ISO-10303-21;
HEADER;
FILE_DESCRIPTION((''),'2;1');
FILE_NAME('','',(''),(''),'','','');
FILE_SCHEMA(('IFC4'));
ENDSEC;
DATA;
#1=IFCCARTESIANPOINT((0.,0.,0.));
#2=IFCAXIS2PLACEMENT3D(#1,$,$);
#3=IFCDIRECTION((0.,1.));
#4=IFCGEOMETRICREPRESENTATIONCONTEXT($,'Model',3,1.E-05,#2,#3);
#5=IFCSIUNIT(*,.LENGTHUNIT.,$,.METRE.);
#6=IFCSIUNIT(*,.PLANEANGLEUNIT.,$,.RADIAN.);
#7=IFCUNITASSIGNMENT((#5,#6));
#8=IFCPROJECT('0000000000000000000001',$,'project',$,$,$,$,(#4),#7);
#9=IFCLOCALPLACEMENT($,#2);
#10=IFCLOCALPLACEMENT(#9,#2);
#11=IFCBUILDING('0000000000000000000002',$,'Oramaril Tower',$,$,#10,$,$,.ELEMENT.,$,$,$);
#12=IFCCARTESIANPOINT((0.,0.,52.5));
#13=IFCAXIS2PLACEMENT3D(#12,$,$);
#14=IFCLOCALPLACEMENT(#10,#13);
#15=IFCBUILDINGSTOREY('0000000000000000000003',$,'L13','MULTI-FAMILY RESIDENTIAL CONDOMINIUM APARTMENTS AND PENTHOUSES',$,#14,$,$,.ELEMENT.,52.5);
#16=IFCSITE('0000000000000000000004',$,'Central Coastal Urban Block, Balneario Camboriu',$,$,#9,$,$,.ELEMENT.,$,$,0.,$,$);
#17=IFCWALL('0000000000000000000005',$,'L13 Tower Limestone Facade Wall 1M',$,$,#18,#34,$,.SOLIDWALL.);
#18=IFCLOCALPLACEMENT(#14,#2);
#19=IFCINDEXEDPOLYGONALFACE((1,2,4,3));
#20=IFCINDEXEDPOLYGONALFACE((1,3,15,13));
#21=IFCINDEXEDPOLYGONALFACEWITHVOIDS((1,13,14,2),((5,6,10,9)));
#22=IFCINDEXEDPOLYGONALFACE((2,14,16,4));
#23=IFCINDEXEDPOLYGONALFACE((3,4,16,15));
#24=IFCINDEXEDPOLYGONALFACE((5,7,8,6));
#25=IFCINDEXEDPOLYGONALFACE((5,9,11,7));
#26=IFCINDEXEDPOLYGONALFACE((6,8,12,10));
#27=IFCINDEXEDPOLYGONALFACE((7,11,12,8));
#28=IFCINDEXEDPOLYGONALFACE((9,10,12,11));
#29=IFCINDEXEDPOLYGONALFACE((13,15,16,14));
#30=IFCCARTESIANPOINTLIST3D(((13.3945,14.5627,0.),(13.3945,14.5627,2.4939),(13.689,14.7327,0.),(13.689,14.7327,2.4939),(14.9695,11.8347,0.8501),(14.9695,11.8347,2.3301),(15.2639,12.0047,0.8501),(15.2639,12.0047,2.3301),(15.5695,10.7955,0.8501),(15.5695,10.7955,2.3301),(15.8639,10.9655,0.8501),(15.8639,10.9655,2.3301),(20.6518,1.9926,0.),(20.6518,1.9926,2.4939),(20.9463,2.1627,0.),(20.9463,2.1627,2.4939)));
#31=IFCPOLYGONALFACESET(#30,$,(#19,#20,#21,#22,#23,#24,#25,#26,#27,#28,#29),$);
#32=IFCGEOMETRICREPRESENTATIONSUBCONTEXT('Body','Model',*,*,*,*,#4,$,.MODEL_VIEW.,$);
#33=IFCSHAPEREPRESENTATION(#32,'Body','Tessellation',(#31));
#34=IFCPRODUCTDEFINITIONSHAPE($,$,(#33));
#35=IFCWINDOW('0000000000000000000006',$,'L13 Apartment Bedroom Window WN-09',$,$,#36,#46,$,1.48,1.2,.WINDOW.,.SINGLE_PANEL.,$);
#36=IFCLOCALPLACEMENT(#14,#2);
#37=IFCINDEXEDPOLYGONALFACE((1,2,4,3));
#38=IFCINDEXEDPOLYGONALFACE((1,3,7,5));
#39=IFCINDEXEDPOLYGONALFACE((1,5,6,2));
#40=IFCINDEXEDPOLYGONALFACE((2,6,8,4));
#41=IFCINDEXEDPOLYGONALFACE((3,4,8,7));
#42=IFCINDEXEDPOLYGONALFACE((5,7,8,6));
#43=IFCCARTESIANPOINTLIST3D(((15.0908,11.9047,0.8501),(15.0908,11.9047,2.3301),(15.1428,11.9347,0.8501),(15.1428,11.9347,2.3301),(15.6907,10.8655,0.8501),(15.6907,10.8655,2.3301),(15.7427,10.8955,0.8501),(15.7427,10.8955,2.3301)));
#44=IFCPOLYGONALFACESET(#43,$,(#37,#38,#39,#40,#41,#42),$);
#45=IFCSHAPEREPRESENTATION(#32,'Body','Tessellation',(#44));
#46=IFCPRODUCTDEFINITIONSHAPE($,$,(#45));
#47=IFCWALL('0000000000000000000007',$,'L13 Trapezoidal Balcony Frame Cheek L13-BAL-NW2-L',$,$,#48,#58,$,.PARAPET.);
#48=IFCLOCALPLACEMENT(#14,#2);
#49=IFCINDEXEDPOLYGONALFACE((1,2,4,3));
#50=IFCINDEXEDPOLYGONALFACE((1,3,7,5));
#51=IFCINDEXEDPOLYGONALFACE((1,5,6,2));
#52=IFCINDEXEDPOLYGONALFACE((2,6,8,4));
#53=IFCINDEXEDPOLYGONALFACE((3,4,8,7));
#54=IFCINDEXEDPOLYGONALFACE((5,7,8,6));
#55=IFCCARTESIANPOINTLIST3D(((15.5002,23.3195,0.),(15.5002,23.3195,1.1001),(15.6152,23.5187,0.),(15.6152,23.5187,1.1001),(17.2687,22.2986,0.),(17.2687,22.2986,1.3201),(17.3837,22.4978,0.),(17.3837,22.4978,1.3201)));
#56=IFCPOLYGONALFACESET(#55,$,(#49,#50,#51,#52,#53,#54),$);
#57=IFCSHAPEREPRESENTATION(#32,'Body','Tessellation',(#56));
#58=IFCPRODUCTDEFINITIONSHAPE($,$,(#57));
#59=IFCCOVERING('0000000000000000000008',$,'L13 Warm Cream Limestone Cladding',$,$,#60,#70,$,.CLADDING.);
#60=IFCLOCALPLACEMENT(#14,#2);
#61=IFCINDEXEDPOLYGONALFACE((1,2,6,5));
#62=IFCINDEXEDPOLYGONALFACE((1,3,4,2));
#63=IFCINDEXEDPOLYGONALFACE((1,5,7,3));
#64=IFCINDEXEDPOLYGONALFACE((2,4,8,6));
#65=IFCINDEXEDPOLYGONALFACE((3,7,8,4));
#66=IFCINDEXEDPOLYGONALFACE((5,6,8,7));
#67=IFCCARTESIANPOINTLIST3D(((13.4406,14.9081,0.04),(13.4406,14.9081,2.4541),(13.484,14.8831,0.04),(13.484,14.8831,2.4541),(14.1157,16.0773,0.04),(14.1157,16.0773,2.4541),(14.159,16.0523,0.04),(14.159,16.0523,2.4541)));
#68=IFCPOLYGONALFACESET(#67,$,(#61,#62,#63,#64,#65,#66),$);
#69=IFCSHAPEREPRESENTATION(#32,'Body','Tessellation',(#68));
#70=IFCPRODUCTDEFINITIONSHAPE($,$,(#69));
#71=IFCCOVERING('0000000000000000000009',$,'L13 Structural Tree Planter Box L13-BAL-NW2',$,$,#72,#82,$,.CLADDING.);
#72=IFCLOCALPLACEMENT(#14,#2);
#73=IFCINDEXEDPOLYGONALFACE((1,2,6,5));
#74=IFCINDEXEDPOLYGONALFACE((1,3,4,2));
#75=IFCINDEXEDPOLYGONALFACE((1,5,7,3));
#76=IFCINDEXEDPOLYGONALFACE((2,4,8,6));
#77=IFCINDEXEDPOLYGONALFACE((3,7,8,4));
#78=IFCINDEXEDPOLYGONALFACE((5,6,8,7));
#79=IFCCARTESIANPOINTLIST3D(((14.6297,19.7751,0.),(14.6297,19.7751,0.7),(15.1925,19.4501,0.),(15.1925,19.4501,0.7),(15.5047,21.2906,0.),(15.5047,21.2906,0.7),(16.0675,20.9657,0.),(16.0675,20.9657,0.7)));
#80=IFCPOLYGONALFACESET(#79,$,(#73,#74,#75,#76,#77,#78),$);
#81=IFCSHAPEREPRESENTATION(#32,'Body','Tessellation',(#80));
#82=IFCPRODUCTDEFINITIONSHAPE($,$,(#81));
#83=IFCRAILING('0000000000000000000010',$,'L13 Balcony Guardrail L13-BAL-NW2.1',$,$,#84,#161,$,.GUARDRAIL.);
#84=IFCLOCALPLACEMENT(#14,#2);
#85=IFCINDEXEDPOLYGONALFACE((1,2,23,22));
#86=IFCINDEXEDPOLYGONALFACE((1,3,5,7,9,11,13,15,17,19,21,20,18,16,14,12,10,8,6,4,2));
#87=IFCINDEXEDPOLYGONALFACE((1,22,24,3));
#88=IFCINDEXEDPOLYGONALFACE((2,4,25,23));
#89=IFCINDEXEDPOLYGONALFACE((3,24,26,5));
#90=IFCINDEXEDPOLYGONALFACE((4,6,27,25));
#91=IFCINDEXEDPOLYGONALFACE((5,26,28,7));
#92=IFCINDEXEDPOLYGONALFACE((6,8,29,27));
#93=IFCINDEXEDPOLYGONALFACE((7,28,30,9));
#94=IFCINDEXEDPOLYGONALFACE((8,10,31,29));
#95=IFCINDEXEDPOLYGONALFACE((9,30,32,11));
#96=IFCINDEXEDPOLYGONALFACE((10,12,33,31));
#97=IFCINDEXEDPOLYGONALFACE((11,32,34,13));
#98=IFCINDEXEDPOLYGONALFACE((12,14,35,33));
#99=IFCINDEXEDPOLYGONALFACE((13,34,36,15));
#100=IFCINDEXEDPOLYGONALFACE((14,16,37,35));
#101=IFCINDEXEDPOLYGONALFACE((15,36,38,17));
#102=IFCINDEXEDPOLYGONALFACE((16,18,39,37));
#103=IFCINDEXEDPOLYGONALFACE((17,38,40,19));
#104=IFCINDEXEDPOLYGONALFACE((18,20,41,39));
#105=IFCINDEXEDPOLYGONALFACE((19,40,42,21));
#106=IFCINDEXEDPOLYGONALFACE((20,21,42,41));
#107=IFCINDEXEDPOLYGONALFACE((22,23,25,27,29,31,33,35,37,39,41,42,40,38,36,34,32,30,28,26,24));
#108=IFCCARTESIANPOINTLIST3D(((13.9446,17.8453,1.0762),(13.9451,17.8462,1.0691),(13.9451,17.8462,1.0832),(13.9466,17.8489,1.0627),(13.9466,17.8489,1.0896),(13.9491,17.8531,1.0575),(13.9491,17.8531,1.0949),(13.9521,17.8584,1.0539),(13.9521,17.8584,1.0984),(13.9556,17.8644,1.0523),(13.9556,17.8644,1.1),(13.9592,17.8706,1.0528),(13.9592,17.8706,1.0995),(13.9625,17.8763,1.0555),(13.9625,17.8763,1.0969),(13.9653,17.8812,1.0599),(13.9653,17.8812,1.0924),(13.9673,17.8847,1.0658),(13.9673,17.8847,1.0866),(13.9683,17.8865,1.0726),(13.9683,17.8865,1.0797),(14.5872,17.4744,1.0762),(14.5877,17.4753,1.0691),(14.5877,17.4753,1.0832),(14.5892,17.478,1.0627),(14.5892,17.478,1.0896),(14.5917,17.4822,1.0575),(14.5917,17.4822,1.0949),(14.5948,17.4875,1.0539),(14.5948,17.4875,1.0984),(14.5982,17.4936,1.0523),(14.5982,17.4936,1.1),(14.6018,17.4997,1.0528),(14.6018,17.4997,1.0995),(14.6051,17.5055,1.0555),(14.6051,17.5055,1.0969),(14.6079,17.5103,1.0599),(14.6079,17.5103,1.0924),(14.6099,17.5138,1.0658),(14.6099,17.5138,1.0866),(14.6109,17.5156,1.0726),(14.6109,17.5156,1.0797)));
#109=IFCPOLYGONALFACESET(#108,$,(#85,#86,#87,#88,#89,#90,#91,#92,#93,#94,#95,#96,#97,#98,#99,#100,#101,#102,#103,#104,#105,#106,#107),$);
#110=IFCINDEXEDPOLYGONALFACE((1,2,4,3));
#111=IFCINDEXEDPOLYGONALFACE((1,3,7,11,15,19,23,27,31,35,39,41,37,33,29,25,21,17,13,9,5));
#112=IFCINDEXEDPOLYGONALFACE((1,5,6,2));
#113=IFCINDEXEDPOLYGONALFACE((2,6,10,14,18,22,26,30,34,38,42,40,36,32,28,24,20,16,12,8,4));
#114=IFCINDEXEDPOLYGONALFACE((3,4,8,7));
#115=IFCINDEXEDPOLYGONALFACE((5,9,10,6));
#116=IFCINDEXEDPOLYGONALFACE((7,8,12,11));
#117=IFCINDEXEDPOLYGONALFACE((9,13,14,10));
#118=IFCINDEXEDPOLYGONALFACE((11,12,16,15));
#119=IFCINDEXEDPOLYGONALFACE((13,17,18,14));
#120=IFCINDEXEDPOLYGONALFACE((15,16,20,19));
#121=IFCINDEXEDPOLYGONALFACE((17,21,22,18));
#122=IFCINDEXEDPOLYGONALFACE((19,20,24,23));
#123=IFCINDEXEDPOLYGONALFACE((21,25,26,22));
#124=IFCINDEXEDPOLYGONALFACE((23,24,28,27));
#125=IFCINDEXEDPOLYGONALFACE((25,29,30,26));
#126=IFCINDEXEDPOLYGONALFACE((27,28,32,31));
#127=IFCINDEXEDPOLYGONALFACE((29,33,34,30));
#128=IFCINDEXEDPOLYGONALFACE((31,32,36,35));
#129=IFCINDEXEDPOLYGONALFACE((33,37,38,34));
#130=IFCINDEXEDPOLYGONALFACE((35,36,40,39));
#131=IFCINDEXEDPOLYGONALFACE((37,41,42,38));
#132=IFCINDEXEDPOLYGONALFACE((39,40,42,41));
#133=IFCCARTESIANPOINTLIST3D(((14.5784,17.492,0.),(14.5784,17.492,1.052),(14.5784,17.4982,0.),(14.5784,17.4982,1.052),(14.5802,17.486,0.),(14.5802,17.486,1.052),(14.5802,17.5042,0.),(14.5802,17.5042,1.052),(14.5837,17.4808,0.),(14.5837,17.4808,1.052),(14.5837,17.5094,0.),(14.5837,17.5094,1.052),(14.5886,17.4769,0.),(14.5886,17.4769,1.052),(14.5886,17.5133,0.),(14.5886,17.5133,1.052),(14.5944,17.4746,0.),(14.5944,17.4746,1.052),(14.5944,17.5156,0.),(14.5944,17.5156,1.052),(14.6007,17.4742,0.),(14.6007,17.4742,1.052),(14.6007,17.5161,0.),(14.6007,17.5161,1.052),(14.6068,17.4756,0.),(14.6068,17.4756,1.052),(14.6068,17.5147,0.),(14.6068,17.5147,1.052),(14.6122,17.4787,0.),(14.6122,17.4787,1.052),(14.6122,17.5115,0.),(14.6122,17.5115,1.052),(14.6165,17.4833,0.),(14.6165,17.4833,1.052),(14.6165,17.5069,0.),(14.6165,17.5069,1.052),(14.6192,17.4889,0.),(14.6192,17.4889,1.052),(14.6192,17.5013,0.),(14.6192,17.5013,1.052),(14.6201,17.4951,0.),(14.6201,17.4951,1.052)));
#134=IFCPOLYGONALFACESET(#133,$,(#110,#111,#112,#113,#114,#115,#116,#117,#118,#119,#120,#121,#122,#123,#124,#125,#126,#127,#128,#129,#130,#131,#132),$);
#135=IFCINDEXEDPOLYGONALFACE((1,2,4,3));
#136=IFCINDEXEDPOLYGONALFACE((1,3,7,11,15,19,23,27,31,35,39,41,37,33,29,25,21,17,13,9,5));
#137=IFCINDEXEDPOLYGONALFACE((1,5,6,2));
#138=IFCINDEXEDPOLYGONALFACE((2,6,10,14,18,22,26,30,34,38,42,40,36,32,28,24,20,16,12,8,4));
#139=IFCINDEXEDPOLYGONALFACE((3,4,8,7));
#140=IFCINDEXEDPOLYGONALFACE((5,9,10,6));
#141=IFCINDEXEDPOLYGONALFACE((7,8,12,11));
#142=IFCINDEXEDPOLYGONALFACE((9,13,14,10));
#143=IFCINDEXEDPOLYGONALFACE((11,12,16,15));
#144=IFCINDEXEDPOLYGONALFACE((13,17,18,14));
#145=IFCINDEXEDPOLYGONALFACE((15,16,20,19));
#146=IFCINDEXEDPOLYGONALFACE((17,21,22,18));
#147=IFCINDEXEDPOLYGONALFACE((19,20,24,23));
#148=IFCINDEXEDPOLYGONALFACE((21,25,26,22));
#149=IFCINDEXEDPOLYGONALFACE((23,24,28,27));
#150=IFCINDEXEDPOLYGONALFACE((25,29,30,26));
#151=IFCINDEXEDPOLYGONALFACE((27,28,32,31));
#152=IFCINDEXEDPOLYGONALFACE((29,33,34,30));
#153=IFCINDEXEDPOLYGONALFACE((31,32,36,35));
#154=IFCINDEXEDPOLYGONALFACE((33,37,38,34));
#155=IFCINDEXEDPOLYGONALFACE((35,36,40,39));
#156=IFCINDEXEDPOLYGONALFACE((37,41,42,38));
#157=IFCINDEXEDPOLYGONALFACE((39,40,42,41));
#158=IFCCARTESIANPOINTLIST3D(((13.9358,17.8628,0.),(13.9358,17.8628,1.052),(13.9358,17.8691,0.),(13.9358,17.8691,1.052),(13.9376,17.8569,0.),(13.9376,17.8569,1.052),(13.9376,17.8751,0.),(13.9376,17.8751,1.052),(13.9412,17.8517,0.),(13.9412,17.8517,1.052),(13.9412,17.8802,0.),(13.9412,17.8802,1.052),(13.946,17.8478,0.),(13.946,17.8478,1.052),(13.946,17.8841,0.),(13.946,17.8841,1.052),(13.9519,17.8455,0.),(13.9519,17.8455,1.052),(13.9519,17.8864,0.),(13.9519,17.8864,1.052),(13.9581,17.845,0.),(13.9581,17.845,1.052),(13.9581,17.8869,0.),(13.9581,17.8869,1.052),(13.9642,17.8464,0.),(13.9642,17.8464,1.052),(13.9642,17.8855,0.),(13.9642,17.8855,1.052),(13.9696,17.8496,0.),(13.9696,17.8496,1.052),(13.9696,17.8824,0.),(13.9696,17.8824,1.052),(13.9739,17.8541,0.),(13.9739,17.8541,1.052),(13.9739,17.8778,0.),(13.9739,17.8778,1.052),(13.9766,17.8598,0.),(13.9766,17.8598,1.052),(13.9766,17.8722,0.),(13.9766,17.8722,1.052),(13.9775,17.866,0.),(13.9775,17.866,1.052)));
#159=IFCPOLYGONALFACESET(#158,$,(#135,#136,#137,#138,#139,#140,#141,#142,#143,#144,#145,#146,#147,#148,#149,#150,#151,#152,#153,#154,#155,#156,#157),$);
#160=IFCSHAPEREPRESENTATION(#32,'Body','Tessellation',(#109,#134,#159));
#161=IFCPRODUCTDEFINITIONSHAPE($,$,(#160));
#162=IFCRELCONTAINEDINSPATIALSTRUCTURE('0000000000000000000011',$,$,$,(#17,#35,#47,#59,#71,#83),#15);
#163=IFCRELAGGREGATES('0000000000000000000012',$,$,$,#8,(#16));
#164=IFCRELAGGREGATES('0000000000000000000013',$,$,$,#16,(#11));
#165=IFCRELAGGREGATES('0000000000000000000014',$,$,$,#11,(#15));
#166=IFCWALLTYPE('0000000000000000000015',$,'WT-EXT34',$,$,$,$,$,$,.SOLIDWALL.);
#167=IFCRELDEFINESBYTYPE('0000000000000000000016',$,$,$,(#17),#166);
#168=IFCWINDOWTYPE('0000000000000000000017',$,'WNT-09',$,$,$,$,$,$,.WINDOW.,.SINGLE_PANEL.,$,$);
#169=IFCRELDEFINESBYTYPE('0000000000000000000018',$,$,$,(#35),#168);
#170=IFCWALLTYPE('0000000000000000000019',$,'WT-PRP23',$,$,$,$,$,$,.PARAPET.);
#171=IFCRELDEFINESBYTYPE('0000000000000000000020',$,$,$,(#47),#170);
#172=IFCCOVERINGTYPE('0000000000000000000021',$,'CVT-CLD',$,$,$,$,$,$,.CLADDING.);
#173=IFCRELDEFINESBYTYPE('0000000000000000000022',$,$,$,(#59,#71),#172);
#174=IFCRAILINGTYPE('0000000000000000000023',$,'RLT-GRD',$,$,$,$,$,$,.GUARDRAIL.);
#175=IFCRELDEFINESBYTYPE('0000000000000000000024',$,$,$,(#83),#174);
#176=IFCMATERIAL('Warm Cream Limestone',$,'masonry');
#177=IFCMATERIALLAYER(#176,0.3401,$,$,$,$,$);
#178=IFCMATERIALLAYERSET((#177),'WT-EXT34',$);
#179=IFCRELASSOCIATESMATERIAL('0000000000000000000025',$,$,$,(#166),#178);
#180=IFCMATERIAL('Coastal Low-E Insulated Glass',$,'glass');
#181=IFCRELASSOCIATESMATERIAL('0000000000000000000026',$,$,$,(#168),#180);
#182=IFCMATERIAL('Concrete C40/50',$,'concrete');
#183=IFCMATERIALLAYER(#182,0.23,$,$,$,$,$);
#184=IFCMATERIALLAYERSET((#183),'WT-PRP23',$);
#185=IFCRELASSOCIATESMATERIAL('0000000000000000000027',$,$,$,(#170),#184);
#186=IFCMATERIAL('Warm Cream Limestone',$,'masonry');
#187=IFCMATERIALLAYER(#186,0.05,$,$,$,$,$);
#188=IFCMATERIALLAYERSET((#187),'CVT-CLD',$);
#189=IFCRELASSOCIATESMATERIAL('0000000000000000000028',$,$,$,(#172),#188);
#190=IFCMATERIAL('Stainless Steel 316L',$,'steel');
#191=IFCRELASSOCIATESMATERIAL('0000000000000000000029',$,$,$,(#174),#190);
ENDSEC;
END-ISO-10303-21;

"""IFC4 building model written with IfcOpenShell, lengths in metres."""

from ifc_helpers import new_model, si_unit, direction, frame, frame_2d, origin, origin_2d, place, context, subcontext, project, spatial, polyline, rectangle, circle, outline, extrude, material, layer, layer_set, type_object, element, fill, save


model = new_model("IFC4")

# Units and contexts
model_context = context("Model", 3, precision=1e-05, world=origin(), true_north=direction((0.0, 1.0)))
body_context = subcontext(model_context, "Body", "Model", "MODEL_VIEW")
ifc_project = project(units=[si_unit("LENGTHUNIT", "METRE"), si_unit("PLANEANGLEUNIT", "RADIAN")], contexts=[model_context])

# Site, building, storey
site_placement = place(None, origin())
site = spatial("IfcSite", under=ifc_project, at=site_placement, Name="Central Coastal Urban Block, Balneario Camboriu", CompositionType="ELEMENT", RefElevation=0.0)
building_placement = place(site_placement, origin())
building = spatial("IfcBuilding", under=site, at=building_placement, Name="Oramaril Tower", CompositionType="ELEMENT")
storey_placement = place(building_placement, frame((0.0, 0.0, 52.5)))
storey = spatial("IfcBuildingStorey", under=building, at=storey_placement, Name="L13", Description="MULTI-FAMILY RESIDENTIAL CONDOMINIUM APARTMENTS AND PENTHOUSES", CompositionType="ELEMENT", Elevation=52.5)

# Wall, opening, window
ifc_material_1 = material(Name="Warm Cream Limestone", Category="masonry")
ifc_layer_1 = layer(ifc_material_1, 0.3401)
ifc_layer_set_1 = layer_set([ifc_layer_1], Name="WT-EXT34")
wall_type_1 = type_object("IfcWallType", Name="WT-EXT34", PredefinedType="SOLIDWALL", material=ifc_layer_set_1)
wall_1_placement = place(storey_placement, frame((13.5417, 14.6477, 0.0), z_axis=(0.0, 0.0, 1.0), x_axis=(0.5, -0.866026, 0.0)))
wall_1 = element("IfcWall", 1, at=wall_1_placement, inside=storey, type_object=wall_type_1, Name="L13 Tower Limestone Facade Wall 1M", PredefinedType="SOLIDWALL", context=body_context, shape_type="SweptSolid", body=[
    extrude(rectangle(XDim=14.5146, YDim=0.3401, at=frame_2d((7.2573, 0.0))), origin(), (0.0, 0.0, 1.0), 2.4939),
])
opening_1_placement = place(wall_1_placement, frame((3.1499, 0.0, 0.8501)))
opening_1 = element("IfcOpeningElement", 2, at=opening_1_placement, cuts=wall_1, PredefinedType="OPENING", context=body_context, shape_type="SweptSolid", body=[
    extrude(rectangle(XDim=1.2, YDim=1.48, at=frame_2d((0.6001, 0.74))), frame((0.0, 0.1699, 0.0), z_axis=(0.0, -1.0, 0.0), x_axis=(1.0, 0.0, 0.0)), (0.0, 0.0, 1.0), 0.3401),
])
ifc_material_2 = material(Name="Coastal Low-E Insulated Glass", Category="glass")
window_type = type_object("IfcWindowType", Name="WNT-09", PartitioningType="SINGLE_PANEL", PredefinedType="WINDOW", material=ifc_material_2)
window_placement = place(opening_1_placement, origin())
window = element("IfcWindow", 3, at=window_placement, inside=storey, type_object=window_type, Name="L13 Apartment Bedroom Window WN-09", OverallHeight=1.48, OverallWidth=1.2, PartitioningType="SINGLE_PANEL", PredefinedType="WINDOW", context=body_context, shape_type="SweptSolid", body=[
    extrude(rectangle(XDim=1.2, YDim=1.48, at=frame_2d((0.6001, 0.74))), frame((0.0, 0.03, 0.0), z_axis=(0.0, -1.0, 0.0), x_axis=(1.0, 0.0, 0.0)), (0.0, 0.0, 1.0), 0.0601),
])
fill(opening_1, window)

# Wall
ifc_material_3 = material(Name="Concrete C40/50", Category="concrete")
ifc_layer_2 = layer(ifc_material_3, 0.23)
ifc_layer_set_2 = layer_set([ifc_layer_2], Name="WT-PRP23")
wall_type_2 = type_object("IfcWallType", Name="WT-PRP23", PredefinedType="PARAPET", material=ifc_layer_set_2)
wall_2_placement = place(storey_placement, frame((17.3262, 22.3982, 0.0), z_axis=(0.0, 0.0, 1.0), x_axis=(-0.866042, 0.499971, 0.0)))
element("IfcWall", 4, at=wall_2_placement, inside=storey, type_object=wall_type_2, Name="L13 Trapezoidal Balcony Frame Cheek L13-BAL-NW2-L", PredefinedType="PARAPET", context=body_context, shape_type="SweptSolid", body=[
    extrude(outline(polyline([(0.0, 0.0), (2.042, 0.0), (2.042, 1.1001), (0.0, 1.3201), (0.0, 0.0)])), frame((0.0, 0.115, 0.0), z_axis=(0.0, -1.0, 0.0), x_axis=(1.0, 0.0, 0.0)), (0.0, 0.0, 1.0), 0.23),
])

# Coverings
ifc_material_4 = material(Name="Warm Cream Limestone", Category="masonry")
ifc_layer_3 = layer(ifc_material_4, 0.05)
ifc_layer_set_3 = layer_set([ifc_layer_3], Name="CVT-CLD")
covering_type = type_object("IfcCoveringType", Name="CVT-CLD", PredefinedType="CLADDING", material=ifc_layer_set_3)
covering_1_placement = place(storey_placement, frame((13.7998, 15.4802, 0.04), z_axis=(0.0, 0.0, 1.0), x_axis=(-0.5, -0.866025, 0.0)))
element("IfcCovering", 5, at=covering_1_placement, inside=storey, type_object=covering_type, Name="L13 Warm Cream Limestone Cladding", PredefinedType="CLADDING", context=body_context, shape_type="SweptSolid", body=[
    extrude(rectangle(XDim=1.3501, YDim=0.05, at=origin_2d()), origin(), (0.0, 0.0, 1.0), 2.4141),
])
covering_2_placement = place(storey_placement, frame((15.3486, 20.3704, 0.0), z_axis=(0.0, 0.0, 1.0), x_axis=(-0.500002, -0.866025, 0.0)))
element("IfcCovering", 6, at=covering_2_placement, inside=storey, type_object=covering_type, Name="L13 Structural Tree Planter Box L13-BAL-NW2", PredefinedType="CLADDING", context=body_context, shape_type="SweptSolid", body=[
    extrude(rectangle(XDim=1.75, YDim=0.6499, at=origin_2d()), origin(), (0.0, 0.0, 1.0), 0.7),
])

# Railing
ifc_material_5 = material(Name="Stainless Steel 316L", Category="steel")
railing_type = type_object("IfcRailingType", Name="RLT-GRD", PredefinedType="GUARDRAIL", material=ifc_material_5)
railing_1_placement = place(storey_placement, frame((14.5991, 17.4951, 0.0)))
element("IfcRailing", 7, at=railing_1_placement, inside=storey, type_object=railing_type, Name="L13 Balcony Guardrail L13-BAL-NW2.1", PredefinedType="GUARDRAIL", context=body_context, shape_type="SweptSolid", body=[
    extrude(circle(Radius=0.0239, at=origin_2d()), frame((0.0, 0.0, 1.0762), z_axis=(-0.866109, 0.499855, 0.0), x_axis=(-0.499855, -0.866109, 0.0)), (0.0, 0.0, 1.0), 0.7419),
    extrude(circle(Radius=0.021, at=origin_2d()), origin(), (0.0, 0.0, 1.0), 1.052),
    extrude(circle(Radius=0.021, at=origin_2d()), frame((-0.6426, 0.3708, 0.0)), (0.0, 0.0, 1.0), 1.052),
])

save(model, "model.ifc")
